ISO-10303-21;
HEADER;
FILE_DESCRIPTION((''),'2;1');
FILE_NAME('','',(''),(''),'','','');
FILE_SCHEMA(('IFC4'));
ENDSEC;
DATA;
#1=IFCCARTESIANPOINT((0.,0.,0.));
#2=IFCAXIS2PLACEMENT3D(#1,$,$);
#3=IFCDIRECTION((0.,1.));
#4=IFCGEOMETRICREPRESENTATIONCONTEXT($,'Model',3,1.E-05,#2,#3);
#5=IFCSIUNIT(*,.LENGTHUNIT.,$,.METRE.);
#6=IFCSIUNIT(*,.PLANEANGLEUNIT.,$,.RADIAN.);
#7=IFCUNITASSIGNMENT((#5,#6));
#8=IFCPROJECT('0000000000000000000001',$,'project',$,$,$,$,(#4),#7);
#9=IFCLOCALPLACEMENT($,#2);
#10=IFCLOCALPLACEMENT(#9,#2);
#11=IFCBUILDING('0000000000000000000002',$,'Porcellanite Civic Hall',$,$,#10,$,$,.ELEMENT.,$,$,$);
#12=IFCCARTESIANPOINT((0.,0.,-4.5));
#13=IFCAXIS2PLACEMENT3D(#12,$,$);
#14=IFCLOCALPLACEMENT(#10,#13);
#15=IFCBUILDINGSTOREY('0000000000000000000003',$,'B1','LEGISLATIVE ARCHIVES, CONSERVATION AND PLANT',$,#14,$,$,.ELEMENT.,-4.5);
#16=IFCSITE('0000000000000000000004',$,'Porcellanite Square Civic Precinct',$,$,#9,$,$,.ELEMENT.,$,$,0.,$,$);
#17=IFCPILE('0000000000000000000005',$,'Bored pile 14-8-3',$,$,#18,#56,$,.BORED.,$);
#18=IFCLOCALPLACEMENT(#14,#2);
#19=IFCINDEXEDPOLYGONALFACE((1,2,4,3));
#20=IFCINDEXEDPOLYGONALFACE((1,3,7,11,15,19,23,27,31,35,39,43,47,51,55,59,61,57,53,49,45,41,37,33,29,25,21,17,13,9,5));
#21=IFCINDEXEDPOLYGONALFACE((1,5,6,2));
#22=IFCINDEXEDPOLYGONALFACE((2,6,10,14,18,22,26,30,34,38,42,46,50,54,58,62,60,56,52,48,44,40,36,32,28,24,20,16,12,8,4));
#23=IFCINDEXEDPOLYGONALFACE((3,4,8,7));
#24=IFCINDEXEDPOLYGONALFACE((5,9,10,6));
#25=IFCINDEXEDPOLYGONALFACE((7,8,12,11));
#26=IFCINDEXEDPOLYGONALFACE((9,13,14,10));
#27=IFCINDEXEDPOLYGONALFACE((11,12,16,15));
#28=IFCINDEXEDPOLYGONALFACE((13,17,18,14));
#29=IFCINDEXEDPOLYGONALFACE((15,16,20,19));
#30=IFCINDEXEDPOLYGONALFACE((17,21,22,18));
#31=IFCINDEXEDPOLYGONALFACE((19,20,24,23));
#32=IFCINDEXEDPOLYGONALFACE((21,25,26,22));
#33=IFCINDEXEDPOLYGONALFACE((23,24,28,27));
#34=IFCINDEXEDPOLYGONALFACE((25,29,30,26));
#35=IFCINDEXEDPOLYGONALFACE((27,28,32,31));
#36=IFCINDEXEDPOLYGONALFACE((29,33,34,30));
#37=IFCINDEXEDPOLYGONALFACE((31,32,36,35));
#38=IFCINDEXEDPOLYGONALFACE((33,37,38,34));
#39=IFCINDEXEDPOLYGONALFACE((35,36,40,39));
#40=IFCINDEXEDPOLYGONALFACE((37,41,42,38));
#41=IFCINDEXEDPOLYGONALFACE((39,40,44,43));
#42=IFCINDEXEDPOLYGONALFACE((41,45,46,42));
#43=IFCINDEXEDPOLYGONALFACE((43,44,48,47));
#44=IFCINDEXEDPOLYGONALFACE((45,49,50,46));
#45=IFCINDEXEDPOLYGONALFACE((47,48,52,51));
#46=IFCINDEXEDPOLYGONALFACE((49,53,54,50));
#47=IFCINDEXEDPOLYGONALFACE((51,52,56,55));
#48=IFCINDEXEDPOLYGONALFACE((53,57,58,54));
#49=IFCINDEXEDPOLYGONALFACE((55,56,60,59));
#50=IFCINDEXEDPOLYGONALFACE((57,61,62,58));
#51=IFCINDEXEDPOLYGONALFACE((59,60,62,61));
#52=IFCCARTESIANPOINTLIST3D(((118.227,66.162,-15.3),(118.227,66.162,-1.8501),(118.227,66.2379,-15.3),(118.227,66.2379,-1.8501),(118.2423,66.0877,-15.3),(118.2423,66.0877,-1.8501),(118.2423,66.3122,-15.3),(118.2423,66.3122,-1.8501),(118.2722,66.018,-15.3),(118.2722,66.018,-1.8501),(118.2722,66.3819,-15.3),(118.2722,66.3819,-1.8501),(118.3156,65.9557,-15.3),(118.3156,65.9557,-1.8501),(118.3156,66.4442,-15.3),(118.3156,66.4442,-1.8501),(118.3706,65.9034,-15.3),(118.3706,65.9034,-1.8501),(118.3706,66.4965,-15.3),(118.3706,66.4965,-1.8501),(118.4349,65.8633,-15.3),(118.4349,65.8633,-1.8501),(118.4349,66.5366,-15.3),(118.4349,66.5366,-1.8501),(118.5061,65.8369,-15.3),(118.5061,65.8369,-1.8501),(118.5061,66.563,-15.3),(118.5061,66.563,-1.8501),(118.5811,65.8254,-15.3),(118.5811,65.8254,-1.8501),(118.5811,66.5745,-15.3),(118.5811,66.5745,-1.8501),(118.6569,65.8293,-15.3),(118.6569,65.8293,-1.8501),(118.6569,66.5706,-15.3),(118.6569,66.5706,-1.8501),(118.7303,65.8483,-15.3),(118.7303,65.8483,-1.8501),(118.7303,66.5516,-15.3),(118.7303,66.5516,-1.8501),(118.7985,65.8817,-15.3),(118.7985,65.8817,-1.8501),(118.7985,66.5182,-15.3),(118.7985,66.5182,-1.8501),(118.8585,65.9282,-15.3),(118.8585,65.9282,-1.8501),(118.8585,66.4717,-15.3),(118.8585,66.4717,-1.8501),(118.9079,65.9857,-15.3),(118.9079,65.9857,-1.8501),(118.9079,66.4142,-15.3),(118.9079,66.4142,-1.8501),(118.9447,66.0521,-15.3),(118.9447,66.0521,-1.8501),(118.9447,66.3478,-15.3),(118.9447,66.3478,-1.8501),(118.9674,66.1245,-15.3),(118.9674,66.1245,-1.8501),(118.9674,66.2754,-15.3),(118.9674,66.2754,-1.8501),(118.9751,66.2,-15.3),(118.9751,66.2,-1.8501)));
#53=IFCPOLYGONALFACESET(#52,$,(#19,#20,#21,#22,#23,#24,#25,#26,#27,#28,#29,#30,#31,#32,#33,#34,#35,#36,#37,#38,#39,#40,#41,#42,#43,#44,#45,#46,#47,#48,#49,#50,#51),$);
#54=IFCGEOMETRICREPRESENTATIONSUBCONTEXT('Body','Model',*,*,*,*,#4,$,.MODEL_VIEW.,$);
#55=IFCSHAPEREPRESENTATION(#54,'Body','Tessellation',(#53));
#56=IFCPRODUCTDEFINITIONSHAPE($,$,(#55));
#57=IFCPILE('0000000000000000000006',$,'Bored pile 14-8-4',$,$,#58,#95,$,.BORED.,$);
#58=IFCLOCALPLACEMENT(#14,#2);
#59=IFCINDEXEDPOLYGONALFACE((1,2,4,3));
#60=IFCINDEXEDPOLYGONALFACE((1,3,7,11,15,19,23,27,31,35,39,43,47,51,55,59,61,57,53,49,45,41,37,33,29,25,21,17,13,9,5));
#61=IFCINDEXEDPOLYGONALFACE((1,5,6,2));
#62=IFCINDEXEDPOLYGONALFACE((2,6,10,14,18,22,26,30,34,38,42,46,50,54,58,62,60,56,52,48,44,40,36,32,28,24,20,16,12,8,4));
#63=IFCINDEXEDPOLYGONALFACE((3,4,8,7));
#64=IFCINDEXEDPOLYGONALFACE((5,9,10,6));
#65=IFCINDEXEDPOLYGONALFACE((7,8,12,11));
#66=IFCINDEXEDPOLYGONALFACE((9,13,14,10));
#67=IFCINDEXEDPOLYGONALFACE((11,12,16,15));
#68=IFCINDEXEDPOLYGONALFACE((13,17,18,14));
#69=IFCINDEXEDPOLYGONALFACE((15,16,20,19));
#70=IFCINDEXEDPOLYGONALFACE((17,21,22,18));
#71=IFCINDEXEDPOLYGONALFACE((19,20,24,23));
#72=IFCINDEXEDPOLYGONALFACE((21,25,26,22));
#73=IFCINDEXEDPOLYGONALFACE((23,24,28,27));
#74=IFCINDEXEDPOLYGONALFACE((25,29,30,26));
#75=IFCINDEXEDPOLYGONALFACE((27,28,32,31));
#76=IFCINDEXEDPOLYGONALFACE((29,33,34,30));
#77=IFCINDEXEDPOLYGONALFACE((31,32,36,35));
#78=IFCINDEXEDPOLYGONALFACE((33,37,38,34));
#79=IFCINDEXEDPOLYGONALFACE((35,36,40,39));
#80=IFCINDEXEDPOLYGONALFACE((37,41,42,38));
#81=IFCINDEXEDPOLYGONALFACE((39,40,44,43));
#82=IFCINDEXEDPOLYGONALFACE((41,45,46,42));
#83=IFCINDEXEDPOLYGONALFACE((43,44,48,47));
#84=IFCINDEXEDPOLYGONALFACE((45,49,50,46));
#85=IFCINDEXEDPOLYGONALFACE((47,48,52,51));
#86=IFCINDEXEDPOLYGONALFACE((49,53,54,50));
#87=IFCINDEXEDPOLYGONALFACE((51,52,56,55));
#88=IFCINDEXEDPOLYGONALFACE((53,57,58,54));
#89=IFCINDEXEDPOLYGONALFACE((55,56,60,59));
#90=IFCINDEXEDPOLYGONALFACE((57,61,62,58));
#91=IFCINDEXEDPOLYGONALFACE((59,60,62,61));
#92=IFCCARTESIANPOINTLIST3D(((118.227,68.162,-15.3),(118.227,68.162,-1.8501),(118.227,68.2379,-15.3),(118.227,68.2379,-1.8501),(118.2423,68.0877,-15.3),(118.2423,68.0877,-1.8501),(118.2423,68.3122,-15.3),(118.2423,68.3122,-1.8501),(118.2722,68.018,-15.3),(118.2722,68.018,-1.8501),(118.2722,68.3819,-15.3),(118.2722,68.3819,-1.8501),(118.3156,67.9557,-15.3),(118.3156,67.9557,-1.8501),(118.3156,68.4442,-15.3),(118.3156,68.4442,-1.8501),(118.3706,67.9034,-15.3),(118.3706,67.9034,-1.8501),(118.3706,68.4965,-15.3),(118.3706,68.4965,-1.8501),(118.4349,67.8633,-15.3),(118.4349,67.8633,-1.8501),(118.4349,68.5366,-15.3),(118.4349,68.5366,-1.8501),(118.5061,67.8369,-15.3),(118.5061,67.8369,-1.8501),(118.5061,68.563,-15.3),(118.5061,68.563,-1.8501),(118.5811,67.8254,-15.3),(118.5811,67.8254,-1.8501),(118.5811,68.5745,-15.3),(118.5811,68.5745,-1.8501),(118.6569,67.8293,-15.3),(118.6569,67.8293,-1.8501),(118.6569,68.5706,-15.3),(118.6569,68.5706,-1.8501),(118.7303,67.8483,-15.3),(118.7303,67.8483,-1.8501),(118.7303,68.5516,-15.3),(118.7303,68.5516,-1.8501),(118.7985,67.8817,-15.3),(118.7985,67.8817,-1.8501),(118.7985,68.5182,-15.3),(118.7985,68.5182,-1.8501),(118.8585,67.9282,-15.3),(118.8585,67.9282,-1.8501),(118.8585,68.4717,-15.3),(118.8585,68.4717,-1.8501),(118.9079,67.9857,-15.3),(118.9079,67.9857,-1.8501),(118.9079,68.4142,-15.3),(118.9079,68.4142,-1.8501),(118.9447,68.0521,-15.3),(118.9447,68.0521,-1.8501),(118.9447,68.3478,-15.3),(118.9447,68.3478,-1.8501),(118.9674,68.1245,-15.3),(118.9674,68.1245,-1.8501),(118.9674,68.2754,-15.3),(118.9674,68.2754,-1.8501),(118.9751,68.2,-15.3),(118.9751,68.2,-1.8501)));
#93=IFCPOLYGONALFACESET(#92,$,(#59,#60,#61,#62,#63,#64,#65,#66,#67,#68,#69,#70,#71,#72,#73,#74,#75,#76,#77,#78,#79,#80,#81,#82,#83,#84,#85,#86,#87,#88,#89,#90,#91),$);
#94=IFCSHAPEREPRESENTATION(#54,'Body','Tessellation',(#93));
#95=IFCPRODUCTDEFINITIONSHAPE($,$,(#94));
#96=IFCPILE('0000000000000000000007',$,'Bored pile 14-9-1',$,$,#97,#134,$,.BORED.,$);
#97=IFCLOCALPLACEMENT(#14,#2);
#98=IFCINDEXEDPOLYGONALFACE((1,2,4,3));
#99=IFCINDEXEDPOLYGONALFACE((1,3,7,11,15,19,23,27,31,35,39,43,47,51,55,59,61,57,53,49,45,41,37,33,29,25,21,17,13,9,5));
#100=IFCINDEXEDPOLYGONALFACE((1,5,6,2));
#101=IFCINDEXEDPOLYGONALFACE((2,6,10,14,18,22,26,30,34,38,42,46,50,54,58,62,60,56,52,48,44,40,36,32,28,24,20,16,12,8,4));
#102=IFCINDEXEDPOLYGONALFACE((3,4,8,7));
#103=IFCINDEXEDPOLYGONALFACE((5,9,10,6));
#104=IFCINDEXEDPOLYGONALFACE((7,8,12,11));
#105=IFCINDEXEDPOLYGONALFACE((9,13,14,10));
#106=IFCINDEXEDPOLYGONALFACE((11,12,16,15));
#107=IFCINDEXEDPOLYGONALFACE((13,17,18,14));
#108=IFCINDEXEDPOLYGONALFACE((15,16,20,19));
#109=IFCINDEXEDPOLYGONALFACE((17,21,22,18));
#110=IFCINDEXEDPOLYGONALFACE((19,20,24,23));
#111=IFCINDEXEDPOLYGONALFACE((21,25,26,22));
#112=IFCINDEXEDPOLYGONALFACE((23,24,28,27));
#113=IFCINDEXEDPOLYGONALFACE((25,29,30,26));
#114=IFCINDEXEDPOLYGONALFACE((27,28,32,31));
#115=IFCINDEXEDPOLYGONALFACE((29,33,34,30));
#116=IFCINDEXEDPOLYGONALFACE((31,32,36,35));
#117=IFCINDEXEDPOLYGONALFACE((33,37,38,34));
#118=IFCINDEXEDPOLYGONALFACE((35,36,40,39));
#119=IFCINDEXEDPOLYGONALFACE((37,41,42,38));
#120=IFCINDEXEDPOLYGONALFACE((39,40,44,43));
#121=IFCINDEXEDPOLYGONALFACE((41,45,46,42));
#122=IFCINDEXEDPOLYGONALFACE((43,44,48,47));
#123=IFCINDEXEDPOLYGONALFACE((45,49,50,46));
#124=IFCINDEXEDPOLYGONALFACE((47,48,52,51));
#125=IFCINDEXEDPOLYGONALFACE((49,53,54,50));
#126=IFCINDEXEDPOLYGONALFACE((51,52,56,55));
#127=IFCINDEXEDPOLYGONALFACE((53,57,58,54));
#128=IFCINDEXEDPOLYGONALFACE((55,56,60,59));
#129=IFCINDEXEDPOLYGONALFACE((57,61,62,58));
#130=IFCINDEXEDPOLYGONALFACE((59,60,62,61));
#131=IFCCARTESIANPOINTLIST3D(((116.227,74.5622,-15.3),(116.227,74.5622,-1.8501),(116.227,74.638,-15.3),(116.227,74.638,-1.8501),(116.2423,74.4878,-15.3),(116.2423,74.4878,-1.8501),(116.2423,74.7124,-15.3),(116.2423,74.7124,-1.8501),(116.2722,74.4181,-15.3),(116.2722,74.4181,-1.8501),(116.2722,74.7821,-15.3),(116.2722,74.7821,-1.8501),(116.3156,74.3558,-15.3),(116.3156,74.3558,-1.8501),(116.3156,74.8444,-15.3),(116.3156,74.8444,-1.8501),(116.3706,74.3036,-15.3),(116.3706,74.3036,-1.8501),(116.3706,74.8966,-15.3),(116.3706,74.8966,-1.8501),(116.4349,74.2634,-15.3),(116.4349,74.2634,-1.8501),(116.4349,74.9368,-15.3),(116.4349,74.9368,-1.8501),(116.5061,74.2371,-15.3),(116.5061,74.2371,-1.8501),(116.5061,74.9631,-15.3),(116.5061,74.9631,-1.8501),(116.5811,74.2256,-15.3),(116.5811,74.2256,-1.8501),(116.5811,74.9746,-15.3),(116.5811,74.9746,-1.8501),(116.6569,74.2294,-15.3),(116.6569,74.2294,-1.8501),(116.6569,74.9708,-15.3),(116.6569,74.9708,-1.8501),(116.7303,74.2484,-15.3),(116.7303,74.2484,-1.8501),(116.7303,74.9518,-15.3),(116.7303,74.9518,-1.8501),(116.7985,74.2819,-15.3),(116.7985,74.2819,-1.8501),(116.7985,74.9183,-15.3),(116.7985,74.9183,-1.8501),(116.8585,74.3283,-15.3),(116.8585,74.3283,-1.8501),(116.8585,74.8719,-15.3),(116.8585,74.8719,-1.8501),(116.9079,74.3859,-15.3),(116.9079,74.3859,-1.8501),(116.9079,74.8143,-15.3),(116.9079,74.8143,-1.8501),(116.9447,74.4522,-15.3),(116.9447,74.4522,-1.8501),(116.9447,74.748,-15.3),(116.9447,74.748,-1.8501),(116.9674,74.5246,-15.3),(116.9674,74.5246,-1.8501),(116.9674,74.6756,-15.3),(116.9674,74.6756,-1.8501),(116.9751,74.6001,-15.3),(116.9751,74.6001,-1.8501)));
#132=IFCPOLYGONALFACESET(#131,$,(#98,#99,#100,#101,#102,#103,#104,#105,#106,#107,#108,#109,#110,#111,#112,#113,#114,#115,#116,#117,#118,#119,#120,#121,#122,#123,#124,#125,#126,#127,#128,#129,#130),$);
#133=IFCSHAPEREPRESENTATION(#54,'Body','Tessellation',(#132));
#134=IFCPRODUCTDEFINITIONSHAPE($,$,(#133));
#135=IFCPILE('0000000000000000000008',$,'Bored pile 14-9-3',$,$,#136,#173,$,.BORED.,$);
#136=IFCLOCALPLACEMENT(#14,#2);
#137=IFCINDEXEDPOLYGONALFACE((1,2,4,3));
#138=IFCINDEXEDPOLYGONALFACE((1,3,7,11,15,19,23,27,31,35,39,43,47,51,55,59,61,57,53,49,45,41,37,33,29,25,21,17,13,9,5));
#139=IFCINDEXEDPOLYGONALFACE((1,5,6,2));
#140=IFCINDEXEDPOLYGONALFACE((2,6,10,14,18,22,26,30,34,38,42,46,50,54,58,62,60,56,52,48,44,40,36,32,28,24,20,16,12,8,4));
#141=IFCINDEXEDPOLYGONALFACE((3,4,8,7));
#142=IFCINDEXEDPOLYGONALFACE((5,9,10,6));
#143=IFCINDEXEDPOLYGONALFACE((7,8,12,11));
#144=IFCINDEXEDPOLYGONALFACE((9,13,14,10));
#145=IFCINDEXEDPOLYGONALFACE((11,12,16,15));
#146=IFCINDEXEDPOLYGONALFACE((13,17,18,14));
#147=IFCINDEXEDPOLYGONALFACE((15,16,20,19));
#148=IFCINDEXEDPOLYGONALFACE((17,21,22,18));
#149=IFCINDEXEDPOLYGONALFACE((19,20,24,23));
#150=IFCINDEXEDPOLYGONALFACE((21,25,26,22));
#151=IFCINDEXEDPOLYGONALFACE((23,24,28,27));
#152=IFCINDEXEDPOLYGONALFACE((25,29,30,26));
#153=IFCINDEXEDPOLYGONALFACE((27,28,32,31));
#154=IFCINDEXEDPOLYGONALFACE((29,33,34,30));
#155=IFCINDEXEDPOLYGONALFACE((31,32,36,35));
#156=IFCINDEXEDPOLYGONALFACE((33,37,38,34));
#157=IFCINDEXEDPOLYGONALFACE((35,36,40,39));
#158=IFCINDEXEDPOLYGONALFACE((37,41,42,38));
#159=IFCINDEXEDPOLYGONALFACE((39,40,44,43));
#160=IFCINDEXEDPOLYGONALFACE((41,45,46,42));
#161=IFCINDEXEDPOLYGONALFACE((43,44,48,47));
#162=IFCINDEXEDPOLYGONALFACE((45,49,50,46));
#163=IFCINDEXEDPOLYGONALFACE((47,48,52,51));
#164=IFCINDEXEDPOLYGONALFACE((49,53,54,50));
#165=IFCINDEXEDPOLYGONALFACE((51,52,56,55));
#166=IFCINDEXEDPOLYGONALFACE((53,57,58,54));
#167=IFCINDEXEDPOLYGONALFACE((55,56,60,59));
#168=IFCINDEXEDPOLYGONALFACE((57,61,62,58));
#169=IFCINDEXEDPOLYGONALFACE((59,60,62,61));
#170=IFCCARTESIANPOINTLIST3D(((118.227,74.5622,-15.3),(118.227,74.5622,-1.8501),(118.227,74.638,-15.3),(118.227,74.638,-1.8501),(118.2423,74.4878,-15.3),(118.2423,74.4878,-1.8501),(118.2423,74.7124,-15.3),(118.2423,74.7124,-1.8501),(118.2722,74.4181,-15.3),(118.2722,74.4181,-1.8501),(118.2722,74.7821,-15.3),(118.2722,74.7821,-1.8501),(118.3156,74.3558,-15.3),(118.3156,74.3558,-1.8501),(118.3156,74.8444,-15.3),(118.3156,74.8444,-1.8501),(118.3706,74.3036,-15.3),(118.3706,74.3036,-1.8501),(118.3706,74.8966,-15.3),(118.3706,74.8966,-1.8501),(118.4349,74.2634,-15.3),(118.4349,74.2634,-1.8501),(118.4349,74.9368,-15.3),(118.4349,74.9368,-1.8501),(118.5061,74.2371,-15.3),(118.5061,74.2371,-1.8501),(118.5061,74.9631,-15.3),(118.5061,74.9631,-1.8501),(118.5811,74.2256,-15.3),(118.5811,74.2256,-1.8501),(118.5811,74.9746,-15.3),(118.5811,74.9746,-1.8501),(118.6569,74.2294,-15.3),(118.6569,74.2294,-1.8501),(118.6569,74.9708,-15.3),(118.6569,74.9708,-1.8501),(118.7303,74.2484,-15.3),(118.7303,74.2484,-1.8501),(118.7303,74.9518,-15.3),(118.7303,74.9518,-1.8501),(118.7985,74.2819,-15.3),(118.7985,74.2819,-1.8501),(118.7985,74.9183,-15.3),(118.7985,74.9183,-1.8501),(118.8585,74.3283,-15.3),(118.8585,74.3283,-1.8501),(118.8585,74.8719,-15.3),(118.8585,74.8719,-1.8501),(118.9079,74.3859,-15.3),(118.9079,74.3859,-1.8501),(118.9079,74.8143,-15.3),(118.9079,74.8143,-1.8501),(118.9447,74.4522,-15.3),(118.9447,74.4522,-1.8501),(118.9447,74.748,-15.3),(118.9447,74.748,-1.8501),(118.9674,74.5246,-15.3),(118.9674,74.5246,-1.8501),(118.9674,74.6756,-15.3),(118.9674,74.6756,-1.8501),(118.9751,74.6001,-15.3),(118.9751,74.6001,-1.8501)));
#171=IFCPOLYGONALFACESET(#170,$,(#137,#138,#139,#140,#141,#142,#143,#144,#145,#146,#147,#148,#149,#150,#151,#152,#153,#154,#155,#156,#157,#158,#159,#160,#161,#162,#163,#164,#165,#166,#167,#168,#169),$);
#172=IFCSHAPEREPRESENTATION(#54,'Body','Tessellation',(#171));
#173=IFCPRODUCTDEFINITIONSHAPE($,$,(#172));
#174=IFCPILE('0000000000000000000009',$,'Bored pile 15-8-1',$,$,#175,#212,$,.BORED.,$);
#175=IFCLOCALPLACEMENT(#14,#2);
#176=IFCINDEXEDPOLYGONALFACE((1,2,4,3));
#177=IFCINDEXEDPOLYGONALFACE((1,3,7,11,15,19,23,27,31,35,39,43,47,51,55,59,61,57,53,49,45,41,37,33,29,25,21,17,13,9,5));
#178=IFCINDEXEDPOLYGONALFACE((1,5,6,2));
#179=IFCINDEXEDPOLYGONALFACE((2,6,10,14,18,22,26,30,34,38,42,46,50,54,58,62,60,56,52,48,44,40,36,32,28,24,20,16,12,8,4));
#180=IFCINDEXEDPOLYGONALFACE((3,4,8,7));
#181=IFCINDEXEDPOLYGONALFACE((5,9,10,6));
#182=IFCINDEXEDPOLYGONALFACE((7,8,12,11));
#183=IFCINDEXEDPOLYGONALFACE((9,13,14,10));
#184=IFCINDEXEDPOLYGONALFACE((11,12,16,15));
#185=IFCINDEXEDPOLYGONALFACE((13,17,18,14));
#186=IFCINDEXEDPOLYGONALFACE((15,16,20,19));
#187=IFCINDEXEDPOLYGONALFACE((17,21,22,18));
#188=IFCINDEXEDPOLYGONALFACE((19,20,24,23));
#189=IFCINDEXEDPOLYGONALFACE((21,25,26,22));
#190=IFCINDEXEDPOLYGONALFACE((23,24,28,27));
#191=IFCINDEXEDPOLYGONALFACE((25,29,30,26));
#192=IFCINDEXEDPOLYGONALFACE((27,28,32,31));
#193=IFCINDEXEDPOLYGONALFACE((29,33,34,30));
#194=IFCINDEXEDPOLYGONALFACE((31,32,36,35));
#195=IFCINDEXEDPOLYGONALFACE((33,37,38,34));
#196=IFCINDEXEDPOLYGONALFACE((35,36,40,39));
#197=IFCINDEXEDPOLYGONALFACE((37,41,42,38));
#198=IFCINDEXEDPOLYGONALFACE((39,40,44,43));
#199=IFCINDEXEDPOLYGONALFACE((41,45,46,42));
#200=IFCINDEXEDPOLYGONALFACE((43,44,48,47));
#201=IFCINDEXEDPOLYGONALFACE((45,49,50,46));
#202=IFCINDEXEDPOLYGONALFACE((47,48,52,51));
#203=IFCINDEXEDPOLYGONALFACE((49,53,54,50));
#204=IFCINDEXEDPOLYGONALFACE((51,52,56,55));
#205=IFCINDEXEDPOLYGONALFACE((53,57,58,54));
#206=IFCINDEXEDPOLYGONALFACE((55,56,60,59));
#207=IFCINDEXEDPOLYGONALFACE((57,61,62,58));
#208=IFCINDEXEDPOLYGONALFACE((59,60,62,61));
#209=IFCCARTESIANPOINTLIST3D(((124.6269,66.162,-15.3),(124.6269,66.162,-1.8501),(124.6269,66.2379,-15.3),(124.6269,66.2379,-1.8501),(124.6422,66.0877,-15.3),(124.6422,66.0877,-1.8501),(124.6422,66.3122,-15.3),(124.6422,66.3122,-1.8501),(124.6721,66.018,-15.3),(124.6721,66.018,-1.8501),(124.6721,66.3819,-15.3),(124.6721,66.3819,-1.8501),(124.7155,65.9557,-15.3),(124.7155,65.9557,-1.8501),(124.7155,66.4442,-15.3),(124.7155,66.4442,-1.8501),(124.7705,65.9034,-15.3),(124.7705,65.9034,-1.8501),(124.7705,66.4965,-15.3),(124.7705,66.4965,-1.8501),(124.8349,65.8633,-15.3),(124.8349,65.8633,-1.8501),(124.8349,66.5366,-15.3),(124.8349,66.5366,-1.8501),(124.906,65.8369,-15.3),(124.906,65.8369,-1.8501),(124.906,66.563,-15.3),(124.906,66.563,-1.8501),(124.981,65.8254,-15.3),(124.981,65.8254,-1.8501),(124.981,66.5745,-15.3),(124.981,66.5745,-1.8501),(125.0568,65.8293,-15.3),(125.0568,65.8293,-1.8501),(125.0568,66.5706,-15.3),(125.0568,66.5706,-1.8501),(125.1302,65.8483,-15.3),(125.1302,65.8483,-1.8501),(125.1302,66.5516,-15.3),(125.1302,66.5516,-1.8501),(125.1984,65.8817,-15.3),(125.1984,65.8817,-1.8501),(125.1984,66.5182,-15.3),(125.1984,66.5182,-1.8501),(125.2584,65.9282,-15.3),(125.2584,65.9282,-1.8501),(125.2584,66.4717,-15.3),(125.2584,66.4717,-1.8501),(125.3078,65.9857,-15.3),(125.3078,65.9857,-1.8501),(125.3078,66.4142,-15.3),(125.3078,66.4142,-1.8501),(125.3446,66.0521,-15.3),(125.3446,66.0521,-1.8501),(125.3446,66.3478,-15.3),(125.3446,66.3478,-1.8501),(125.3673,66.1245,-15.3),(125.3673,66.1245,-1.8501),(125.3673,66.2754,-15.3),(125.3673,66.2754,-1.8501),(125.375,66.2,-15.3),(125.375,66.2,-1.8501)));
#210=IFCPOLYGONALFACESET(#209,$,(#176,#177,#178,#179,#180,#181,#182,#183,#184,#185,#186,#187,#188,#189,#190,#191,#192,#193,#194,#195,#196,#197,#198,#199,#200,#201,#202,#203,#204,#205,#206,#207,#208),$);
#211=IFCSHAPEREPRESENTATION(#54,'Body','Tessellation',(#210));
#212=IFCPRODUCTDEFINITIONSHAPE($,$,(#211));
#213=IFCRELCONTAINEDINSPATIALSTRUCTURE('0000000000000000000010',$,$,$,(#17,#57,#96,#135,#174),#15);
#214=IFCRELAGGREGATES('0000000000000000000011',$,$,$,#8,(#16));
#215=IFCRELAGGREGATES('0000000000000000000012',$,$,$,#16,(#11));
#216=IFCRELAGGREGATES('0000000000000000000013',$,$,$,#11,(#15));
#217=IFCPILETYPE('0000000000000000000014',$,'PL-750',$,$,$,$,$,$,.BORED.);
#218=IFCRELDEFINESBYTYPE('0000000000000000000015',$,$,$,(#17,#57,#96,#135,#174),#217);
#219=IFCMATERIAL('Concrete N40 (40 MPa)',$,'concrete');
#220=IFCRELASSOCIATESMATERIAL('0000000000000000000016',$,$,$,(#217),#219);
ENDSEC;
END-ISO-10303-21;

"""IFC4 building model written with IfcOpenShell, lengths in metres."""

from ifc_helpers import new_model, si_unit, direction, frame, origin, origin_2d, place, context, subcontext, project, spatial, circle, extrude, material, material_profile, profile_set, type_object, element, save


model = new_model("IFC4")

# Units and contexts
model_context = context("Model", 3, precision=1e-05, world=origin(), true_north=direction((0.0, 1.0)))
body_context = subcontext(model_context, "Body", "Model", "MODEL_VIEW")
ifc_project = project(units=[si_unit("LENGTHUNIT", "METRE"), si_unit("PLANEANGLEUNIT", "RADIAN")], contexts=[model_context])

# Site, building, storey
site_placement = place(None, origin())
site = spatial("IfcSite", under=ifc_project, at=site_placement, Name="Porcellanite Square Civic Precinct", CompositionType="ELEMENT", RefElevation=0.0)
building_placement = place(site_placement, origin())
building = spatial("IfcBuilding", under=site, at=building_placement, Name="Porcellanite Civic Hall", CompositionType="ELEMENT")
storey_placement = place(building_placement, frame((0.0, 0.0, -4.5)))
storey = spatial("IfcBuildingStorey", under=building, at=storey_placement, Name="B1", Description="LEGISLATIVE ARCHIVES, CONSERVATION AND PLANT", CompositionType="ELEMENT", Elevation=-4.5)

# Piles
ifc_material_1 = material(Name="Concrete N40 (40 MPa)", Category="concrete")
ifc_material_profile_1 = material_profile(ifc_material_1, circle(Radius=0.375, at=origin_2d()), Name="PILE-D750")
ifc_profile_set_1 = profile_set([ifc_material_profile_1], Name="Concrete N40 (40 MPa)")
pile_type_1 = type_object("IfcPileType", Name="PL-750", PredefinedType="BORED", material=ifc_profile_set_1)
for number, where, z_axis, x_axis, name in (
    (1, (118.6001, 66.2, -1.8501), (0.0, 0.0, -1.0), (1.0, 0.0, 0.0), "Bored pile 14-8-3"),
    (2, (118.6001, 68.2, -1.8501), (0.0, 0.0, -1.0), (1.0, 0.0, 0.0), "Bored pile 14-8-4"),
    (3, (116.6001, 74.6001, -1.8501), (0.0, 0.0, -1.0), (1.0, 0.0, 0.0), "Bored pile 14-9-1"),
    (4, (118.6001, 74.6001, -1.8501), (0.0, 0.0, -1.0), (1.0, 0.0, 0.0), "Bored pile 14-9-3"),
    (5, (125.0, 66.2, -1.8501), (0.0, 0.0, -1.0), (1.0, 0.0, 0.0), "Bored pile 15-8-1"),
):
    element("IfcPile", number, at=place(storey_placement, frame(where, z_axis=z_axis, x_axis=x_axis)), inside=storey, type_object=pile_type_1, Name=name, PredefinedType="BORED", context=body_context, shape_type="SweptSolid", body=[
        extrude(circle(Radius=0.375, at=origin_2d()), origin(), (0.0, 0.0, 1.0), 13.45),
    ])

save(model, "model.ifc")
